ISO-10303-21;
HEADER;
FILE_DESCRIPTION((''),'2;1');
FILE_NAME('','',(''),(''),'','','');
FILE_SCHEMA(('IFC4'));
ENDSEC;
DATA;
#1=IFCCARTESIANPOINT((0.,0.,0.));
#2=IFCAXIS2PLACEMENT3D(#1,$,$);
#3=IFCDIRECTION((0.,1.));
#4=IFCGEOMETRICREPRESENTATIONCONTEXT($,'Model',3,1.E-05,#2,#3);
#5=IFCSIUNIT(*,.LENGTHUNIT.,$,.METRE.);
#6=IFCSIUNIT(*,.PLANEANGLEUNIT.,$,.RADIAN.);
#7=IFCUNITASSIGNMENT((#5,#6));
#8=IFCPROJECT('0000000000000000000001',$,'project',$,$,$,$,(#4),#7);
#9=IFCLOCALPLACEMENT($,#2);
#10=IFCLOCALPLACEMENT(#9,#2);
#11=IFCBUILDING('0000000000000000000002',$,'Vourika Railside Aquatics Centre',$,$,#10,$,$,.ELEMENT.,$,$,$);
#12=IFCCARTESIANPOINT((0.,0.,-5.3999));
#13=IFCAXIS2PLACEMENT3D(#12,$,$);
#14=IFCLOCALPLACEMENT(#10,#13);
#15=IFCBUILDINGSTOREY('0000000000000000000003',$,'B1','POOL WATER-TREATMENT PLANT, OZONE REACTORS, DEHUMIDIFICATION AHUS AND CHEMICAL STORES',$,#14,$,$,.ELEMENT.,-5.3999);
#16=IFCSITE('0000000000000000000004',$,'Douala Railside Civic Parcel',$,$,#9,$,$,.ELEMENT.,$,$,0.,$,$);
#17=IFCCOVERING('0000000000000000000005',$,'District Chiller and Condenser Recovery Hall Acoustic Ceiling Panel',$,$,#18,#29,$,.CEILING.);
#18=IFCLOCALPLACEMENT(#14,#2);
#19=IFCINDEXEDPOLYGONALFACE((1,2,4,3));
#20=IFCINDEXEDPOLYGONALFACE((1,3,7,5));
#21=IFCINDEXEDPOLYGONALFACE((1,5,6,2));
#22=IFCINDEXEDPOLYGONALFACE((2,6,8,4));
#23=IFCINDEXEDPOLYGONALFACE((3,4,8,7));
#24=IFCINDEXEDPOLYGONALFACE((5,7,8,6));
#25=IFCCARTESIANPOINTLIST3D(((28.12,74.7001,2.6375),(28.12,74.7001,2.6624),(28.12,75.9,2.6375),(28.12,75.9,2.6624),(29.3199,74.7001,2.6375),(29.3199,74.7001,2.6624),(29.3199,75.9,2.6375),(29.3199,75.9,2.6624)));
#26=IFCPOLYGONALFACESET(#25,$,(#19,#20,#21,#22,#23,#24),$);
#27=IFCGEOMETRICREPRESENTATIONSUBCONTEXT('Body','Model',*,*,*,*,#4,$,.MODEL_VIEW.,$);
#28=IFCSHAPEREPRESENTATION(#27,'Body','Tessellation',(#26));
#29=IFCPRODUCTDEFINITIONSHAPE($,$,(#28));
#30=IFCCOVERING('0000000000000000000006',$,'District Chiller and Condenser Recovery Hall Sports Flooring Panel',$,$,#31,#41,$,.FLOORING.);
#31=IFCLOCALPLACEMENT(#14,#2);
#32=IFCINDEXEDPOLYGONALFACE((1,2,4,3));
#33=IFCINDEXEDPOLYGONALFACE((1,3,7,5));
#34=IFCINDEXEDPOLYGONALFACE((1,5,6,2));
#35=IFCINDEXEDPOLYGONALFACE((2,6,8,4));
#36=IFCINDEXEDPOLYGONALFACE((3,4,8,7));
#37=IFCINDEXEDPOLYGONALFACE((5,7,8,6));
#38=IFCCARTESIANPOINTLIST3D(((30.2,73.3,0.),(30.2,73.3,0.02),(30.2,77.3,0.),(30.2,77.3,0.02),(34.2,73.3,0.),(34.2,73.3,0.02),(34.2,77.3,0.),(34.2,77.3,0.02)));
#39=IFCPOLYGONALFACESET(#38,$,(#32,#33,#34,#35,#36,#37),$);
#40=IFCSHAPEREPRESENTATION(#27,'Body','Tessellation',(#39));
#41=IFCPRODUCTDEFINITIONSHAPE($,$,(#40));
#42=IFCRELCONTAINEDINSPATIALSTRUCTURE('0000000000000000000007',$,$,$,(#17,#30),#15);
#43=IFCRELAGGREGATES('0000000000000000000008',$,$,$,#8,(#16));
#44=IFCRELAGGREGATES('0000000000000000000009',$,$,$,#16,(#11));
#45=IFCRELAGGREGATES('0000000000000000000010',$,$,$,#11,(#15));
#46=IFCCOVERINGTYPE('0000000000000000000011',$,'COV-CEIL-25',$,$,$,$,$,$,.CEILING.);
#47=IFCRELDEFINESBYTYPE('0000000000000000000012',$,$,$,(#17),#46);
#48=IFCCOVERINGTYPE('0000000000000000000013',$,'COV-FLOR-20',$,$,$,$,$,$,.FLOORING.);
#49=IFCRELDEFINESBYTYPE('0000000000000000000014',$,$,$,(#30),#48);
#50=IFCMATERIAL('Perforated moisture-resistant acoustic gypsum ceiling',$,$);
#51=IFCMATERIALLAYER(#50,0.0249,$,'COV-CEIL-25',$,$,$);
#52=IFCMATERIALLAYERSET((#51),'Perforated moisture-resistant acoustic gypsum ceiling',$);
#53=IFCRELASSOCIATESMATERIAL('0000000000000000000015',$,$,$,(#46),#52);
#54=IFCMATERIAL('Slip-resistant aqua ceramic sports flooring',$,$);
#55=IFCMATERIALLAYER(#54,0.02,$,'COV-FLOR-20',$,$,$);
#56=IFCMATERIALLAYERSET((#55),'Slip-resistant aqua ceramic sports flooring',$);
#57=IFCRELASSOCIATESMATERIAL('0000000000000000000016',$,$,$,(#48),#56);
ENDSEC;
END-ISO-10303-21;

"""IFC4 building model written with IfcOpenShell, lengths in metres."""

from ifc_helpers import new_model, si_unit, direction, frame, origin, origin_2d, place, context, subcontext, project, spatial, rectangle, extrude, material, layer, layer_set, type_object, element, save


model = new_model("IFC4")

# Units and contexts
model_context = context("Model", 3, precision=1e-05, world=origin(), true_north=direction((0.0, 1.0)))
body_context = subcontext(model_context, "Body", "Model", "MODEL_VIEW")
ifc_project = project(units=[si_unit("LENGTHUNIT", "METRE"), si_unit("PLANEANGLEUNIT", "RADIAN")], contexts=[model_context])

# Site, building, storey
site_placement = place(None, origin())
site = spatial("IfcSite", under=ifc_project, at=site_placement, Name="Douala Railside Civic Parcel", CompositionType="ELEMENT", RefElevation=0.0)
building_placement = place(site_placement, origin())
building = spatial("IfcBuilding", under=site, at=building_placement, Name="Vourika Railside Aquatics Centre", CompositionType="ELEMENT")
storey_placement = place(building_placement, frame((0.0, 0.0, -5.3999)))
storey = spatial("IfcBuildingStorey", under=building, at=storey_placement, Name="B1", Description="POOL WATER-TREATMENT PLANT, OZONE REACTORS, DEHUMIDIFICATION AHUS AND CHEMICAL STORES", CompositionType="ELEMENT", Elevation=-5.3999)

# Coverings
ifc_material_1 = material(Name="Perforated moisture-resistant acoustic gypsum ceiling")
ifc_layer_1 = layer(ifc_material_1, 0.0249, Name="COV-CEIL-25")
ifc_layer_set_1 = layer_set([ifc_layer_1], Name="Perforated moisture-resistant acoustic gypsum ceiling")
covering_type_1 = type_object("IfcCoveringType", Name="COV-CEIL-25", PredefinedType="CEILING", material=ifc_layer_set_1)
covering_1_placement = place(storey_placement, frame((28.72, 75.3, 2.6375), z_axis=(0.0, 0.0, 1.0), x_axis=(1.0, 0.0, 0.0)))
element("IfcCovering", 1, at=covering_1_placement, inside=storey, type_object=covering_type_1, Name="District Chiller and Condenser Recovery Hall Acoustic Ceiling Panel", PredefinedType="CEILING", context=body_context, shape_type="SweptSolid", body=[
    extrude(rectangle(XDim=1.2, YDim=1.2, at=origin_2d()), origin(), (0.0, 0.0, 1.0), 0.0249),
])
ifc_material_2 = material(Name="Slip-resistant aqua ceramic sports flooring")
ifc_layer_2 = layer(ifc_material_2, 0.02, Name="COV-FLOR-20")
ifc_layer_set_2 = layer_set([ifc_layer_2], Name="Slip-resistant aqua ceramic sports flooring")
covering_type_2 = type_object("IfcCoveringType", Name="COV-FLOR-20", PredefinedType="FLOORING", material=ifc_layer_set_2)
covering_2_placement = place(storey_placement, frame((32.2, 75.3, 0.0), z_axis=(0.0, 0.0, 1.0), x_axis=(1.0, 0.0, 0.0)))
element("IfcCovering", 2, at=covering_2_placement, inside=storey, type_object=covering_type_2, Name="District Chiller and Condenser Recovery Hall Sports Flooring Panel", PredefinedType="FLOORING", context=body_context, shape_type="SweptSolid", body=[
    extrude(rectangle(XDim=4.0, YDim=4.0, at=origin_2d()), origin(), (0.0, 0.0, 1.0), 0.02),
])

save(model, "model.ifc")
